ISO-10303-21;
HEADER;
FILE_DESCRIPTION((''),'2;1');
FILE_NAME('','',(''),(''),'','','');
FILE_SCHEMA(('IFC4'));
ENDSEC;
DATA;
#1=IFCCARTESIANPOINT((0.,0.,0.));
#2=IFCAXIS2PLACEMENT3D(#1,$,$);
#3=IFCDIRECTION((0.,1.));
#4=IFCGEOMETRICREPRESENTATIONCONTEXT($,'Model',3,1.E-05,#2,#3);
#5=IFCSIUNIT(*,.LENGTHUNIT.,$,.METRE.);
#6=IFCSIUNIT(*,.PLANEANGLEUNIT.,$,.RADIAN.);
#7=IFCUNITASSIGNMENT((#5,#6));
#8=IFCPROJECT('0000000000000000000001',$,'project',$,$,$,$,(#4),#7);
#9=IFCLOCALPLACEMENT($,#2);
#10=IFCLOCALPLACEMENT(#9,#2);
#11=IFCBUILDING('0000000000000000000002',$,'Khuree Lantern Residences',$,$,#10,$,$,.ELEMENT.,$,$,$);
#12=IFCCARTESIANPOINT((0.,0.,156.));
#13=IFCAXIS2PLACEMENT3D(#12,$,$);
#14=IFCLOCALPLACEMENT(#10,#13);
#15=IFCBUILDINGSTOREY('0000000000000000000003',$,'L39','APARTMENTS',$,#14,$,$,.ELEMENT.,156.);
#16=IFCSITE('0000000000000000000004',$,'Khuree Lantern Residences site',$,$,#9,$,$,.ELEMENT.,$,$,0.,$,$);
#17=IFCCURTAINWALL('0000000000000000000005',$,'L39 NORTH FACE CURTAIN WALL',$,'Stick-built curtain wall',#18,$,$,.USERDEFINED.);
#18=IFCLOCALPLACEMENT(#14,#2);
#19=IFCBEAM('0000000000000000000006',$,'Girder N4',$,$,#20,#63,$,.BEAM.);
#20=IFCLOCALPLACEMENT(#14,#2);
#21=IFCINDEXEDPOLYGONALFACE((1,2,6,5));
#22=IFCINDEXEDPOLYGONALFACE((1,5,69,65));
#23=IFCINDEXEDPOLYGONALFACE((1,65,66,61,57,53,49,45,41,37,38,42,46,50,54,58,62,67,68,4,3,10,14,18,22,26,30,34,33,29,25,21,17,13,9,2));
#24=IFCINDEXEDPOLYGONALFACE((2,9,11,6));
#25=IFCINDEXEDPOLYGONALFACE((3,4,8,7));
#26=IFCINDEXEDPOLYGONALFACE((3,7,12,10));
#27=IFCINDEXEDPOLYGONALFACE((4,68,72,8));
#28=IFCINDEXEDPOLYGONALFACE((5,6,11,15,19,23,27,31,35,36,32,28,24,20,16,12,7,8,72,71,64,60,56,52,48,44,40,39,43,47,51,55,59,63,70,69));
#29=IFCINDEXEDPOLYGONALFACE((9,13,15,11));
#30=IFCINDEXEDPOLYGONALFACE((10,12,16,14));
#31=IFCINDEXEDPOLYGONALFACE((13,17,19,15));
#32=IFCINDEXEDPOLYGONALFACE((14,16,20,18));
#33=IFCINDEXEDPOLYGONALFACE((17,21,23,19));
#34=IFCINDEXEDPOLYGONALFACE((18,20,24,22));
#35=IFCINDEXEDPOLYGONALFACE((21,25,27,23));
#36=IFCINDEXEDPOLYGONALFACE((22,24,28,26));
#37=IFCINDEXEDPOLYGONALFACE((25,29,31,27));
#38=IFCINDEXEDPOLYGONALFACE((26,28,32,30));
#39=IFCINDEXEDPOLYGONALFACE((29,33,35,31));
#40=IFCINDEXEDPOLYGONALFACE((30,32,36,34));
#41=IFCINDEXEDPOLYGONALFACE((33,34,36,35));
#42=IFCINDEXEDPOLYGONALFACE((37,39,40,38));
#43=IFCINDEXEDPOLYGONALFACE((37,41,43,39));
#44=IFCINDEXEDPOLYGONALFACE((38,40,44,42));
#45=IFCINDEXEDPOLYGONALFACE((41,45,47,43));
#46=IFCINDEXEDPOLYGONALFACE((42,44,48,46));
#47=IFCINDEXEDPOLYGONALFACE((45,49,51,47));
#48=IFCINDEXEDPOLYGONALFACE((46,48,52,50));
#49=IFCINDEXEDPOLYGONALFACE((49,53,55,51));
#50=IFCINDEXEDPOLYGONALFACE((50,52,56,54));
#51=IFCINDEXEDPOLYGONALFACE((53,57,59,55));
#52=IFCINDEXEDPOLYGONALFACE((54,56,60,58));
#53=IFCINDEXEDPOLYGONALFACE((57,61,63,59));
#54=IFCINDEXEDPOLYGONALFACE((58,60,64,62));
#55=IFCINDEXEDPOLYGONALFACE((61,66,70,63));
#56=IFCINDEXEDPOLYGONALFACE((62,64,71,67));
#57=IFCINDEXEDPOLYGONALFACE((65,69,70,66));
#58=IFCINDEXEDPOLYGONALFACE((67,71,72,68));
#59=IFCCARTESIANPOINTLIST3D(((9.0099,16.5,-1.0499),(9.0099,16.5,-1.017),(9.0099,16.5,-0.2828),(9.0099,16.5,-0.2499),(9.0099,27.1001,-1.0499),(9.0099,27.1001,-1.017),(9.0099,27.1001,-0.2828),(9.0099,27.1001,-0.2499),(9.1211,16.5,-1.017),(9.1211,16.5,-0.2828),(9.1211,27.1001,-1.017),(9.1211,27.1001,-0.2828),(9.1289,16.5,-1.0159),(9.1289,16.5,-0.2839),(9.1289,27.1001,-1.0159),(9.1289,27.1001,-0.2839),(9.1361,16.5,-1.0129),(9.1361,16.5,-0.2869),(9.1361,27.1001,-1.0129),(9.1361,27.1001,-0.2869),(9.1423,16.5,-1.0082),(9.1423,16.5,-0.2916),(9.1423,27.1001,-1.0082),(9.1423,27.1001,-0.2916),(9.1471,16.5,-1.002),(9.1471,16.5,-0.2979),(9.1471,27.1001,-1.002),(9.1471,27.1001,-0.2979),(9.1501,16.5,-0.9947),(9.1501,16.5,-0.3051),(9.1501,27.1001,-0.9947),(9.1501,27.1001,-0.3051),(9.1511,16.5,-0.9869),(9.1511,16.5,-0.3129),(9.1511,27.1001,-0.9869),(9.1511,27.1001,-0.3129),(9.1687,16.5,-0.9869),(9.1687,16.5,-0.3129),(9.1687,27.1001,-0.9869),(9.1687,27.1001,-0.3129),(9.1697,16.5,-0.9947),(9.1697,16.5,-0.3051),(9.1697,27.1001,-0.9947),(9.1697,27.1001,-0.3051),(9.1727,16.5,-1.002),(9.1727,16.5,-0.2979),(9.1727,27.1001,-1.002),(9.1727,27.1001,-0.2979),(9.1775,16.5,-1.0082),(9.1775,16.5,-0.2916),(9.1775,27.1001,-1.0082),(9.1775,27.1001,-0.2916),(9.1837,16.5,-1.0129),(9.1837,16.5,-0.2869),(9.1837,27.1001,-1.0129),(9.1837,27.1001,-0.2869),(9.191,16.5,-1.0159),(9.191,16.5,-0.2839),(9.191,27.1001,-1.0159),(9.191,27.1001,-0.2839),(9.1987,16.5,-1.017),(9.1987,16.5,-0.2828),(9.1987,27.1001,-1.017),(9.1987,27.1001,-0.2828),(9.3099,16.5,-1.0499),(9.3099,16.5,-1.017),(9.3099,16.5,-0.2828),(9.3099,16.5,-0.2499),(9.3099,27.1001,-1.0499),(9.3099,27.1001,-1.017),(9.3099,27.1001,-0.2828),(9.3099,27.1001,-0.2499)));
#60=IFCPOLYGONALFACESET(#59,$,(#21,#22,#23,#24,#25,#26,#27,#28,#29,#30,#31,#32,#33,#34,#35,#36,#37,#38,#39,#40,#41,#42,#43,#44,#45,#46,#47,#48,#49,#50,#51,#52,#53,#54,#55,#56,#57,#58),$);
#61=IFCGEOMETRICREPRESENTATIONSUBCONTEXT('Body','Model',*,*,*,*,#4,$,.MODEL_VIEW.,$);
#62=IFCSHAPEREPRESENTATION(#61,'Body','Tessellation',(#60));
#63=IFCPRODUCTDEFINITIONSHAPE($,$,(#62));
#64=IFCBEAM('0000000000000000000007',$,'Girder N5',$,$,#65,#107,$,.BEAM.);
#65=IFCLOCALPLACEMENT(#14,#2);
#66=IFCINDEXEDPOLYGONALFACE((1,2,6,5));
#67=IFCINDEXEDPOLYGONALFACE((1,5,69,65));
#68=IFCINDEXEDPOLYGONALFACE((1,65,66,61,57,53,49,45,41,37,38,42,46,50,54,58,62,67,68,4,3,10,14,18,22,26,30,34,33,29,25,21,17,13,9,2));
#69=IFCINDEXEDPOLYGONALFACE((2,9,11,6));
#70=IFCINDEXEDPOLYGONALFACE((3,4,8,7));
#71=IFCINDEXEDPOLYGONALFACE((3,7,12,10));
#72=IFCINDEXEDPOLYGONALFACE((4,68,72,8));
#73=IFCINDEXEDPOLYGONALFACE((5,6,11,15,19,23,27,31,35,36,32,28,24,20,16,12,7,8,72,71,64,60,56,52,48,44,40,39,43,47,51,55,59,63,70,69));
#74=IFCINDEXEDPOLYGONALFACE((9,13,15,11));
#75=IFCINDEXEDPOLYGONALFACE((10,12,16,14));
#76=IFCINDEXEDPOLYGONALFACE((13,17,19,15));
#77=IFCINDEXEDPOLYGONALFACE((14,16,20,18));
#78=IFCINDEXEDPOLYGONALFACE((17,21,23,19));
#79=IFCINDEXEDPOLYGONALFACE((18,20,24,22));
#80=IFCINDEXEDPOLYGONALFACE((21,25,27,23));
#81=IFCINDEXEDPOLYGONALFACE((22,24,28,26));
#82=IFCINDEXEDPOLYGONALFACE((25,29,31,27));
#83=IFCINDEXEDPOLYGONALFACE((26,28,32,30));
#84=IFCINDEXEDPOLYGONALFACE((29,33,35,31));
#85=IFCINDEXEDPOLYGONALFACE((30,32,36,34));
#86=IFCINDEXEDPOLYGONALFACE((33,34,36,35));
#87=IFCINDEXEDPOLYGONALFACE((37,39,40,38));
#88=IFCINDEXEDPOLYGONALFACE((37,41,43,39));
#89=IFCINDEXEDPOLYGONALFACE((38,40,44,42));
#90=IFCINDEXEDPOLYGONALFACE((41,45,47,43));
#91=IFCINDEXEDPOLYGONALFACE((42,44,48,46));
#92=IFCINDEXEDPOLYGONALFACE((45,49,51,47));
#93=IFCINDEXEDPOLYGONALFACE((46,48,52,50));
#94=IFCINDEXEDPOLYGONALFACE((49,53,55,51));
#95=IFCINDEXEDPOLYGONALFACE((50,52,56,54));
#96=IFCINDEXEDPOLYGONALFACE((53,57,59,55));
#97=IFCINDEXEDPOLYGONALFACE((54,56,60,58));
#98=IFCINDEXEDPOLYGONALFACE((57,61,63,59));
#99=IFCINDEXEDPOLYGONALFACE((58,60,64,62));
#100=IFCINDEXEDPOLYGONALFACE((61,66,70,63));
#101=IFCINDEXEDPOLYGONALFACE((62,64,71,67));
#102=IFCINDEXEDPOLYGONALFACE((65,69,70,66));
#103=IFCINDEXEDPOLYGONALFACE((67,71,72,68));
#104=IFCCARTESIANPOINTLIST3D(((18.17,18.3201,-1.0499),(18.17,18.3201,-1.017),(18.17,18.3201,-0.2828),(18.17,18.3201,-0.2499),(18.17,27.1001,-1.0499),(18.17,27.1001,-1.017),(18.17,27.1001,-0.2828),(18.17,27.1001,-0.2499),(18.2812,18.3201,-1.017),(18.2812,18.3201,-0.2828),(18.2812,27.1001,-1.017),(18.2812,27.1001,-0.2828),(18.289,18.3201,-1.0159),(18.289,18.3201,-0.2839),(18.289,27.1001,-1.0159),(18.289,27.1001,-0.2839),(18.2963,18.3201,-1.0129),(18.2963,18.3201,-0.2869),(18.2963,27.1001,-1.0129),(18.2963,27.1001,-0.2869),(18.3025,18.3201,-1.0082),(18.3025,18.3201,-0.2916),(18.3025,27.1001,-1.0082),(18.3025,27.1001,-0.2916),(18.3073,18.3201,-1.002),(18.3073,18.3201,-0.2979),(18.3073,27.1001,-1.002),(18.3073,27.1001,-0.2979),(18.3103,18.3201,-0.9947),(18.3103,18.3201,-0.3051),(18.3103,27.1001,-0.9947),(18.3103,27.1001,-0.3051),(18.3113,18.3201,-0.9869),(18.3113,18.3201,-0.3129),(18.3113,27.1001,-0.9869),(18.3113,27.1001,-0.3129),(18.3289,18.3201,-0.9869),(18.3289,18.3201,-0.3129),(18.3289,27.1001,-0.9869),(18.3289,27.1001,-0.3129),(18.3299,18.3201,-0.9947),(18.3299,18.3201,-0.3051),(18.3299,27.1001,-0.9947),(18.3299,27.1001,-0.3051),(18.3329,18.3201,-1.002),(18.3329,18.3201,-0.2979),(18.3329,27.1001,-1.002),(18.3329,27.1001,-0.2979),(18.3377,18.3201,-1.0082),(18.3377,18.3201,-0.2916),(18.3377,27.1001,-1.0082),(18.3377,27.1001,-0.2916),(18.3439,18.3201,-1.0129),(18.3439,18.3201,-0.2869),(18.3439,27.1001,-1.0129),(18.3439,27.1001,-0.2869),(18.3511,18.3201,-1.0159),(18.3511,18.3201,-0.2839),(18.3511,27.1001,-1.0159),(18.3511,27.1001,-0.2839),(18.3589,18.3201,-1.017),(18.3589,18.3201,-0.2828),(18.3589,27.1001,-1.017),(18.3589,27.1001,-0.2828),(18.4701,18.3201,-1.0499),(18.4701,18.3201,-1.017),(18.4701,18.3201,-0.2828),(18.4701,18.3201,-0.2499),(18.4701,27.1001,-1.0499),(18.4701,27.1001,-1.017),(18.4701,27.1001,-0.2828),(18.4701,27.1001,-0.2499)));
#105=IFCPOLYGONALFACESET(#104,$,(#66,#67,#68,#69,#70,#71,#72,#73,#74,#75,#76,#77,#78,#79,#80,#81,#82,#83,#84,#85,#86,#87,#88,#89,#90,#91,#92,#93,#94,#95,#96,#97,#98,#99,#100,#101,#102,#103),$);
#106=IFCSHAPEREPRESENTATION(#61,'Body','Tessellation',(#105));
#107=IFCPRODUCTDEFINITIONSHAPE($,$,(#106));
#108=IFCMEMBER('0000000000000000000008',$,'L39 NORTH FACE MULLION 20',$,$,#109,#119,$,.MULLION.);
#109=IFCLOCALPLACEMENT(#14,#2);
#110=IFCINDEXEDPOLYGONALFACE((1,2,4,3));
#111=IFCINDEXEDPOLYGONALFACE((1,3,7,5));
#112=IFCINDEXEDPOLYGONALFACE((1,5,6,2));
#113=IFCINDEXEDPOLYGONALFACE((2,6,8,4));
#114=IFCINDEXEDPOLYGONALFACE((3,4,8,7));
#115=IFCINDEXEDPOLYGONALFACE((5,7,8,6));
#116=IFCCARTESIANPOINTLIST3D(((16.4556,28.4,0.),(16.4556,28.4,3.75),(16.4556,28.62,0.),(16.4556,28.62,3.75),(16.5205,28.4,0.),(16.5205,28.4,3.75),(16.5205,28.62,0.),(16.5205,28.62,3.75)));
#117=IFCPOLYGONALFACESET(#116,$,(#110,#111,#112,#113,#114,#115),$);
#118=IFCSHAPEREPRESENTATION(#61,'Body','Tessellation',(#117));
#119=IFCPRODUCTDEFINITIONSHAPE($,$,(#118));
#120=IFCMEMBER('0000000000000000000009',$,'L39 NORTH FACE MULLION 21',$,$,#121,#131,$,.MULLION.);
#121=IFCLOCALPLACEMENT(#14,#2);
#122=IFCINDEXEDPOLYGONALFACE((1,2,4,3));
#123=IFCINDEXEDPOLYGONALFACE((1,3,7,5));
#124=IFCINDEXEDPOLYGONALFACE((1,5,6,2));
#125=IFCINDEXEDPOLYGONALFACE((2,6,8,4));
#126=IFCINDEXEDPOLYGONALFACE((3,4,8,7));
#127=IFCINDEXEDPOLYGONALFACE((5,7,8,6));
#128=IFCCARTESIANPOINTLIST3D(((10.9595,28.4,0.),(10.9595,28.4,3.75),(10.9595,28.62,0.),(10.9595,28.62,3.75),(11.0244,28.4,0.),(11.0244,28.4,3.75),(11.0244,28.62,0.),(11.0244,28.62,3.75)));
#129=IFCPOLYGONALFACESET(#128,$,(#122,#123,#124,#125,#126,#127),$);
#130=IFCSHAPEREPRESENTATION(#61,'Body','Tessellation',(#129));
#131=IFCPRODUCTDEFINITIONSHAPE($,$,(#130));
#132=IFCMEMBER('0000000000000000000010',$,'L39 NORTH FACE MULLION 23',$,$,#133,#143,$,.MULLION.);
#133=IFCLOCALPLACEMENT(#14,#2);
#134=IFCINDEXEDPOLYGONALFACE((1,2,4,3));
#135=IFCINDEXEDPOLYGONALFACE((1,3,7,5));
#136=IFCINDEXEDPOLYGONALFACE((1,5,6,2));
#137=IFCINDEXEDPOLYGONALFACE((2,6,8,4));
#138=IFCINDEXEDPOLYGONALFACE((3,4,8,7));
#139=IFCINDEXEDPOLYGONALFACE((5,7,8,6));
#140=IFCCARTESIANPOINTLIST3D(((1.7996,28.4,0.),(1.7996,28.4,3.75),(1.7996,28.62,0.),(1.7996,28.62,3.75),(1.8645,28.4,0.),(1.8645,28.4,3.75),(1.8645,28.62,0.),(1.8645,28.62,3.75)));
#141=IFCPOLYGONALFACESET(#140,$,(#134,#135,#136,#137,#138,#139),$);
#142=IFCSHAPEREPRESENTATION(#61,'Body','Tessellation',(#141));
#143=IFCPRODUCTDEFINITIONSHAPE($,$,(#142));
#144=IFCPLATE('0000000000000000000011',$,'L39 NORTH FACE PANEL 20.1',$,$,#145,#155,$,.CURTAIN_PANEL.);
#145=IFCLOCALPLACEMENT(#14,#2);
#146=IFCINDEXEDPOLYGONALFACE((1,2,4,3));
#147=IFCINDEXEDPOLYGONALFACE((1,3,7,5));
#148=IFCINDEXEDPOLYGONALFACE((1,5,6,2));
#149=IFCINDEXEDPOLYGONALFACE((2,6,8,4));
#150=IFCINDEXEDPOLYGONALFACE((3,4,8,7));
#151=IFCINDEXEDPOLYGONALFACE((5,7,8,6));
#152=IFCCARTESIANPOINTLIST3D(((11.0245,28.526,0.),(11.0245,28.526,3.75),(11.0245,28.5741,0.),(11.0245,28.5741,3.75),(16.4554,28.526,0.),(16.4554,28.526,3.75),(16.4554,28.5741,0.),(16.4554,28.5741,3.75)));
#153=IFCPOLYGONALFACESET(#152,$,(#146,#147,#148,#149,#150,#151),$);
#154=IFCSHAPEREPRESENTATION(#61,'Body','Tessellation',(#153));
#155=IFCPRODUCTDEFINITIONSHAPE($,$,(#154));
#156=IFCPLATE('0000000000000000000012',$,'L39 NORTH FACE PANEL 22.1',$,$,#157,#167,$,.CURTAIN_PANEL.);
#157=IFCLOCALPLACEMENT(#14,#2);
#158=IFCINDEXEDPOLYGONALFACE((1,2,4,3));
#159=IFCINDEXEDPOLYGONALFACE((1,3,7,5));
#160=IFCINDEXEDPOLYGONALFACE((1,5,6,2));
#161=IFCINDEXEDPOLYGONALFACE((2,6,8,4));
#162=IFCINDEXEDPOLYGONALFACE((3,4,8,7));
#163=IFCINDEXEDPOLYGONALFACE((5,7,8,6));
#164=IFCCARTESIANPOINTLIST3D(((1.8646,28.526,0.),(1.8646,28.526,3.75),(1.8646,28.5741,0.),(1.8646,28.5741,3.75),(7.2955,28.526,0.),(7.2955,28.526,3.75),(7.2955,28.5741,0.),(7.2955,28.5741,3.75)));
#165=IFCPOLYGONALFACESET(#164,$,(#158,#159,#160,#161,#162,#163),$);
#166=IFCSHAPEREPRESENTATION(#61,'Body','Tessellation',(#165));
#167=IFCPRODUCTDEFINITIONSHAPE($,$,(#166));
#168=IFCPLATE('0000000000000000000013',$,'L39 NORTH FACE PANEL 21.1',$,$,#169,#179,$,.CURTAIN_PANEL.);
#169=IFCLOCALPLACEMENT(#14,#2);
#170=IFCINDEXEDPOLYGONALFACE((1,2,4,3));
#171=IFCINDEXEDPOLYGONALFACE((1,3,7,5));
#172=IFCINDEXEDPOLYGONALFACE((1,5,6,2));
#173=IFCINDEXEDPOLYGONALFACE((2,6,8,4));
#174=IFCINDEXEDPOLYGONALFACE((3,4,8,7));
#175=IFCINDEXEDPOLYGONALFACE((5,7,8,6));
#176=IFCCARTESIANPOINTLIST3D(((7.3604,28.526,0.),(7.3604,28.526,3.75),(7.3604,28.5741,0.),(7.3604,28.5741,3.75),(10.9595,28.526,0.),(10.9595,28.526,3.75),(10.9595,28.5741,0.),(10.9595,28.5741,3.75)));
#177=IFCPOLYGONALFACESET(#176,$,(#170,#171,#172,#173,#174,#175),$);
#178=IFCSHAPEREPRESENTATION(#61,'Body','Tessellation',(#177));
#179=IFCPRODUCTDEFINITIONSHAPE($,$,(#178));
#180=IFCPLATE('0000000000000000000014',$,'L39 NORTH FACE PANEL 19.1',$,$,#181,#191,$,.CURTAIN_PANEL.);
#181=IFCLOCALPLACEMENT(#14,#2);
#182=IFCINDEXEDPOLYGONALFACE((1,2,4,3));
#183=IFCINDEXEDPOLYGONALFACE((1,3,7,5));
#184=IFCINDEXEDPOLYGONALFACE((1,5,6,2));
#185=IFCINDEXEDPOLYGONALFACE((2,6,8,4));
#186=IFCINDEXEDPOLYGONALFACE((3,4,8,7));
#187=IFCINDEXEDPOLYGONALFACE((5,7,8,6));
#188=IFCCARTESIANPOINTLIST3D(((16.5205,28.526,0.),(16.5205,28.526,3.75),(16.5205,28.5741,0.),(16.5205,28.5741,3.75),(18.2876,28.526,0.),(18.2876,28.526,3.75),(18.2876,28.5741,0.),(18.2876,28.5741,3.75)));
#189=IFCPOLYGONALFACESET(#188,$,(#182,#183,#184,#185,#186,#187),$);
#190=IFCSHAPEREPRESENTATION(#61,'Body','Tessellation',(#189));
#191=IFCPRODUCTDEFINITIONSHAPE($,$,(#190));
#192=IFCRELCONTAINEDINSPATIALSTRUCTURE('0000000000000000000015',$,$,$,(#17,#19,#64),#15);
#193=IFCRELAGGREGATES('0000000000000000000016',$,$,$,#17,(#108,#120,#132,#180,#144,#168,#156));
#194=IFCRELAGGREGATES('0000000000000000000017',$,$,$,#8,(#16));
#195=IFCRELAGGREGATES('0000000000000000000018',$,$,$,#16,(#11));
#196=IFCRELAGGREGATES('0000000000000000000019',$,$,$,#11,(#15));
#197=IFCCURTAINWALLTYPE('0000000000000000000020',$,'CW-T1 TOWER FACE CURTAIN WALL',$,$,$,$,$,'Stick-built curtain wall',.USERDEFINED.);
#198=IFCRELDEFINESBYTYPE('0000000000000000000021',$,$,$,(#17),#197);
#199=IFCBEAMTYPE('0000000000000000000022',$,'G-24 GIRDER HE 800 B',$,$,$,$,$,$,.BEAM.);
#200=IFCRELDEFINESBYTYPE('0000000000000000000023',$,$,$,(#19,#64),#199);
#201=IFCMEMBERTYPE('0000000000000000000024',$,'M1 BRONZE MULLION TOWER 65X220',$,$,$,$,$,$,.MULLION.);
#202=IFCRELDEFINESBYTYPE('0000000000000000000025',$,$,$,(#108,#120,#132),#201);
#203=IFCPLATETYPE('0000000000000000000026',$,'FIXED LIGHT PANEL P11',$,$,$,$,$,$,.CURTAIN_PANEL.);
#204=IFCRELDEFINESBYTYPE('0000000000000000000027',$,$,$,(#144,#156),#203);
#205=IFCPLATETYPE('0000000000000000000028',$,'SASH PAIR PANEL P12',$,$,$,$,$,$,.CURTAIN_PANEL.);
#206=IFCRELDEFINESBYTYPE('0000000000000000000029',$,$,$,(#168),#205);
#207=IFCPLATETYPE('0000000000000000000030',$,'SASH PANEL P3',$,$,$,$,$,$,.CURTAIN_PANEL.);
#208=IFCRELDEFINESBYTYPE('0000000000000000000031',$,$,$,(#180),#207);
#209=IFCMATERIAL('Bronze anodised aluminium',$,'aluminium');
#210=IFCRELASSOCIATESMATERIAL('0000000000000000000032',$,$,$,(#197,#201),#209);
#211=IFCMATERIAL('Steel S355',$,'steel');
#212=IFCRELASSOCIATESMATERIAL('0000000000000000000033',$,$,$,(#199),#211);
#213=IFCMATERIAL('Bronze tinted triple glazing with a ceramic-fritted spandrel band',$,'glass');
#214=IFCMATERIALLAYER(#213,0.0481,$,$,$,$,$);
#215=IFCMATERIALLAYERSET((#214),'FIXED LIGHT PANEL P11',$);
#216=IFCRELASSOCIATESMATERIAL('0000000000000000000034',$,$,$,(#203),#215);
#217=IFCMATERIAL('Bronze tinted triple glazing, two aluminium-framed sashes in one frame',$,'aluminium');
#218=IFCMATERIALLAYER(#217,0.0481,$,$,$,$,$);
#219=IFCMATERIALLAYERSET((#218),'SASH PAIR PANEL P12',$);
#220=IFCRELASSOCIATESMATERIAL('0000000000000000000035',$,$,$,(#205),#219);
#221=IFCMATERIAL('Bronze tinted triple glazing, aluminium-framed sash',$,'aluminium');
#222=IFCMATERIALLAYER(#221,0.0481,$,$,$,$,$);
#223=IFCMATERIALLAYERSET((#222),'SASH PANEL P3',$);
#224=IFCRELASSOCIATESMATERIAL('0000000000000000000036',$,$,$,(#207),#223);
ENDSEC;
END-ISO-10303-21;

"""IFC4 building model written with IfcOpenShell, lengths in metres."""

from ifc_helpers import new_model, si_unit, direction, frame, origin, origin_2d, place, context, subcontext, project, spatial, rectangle, i_section, extrude, material, layer, layer_set, material_profile, profile_set, type_object, element, aggregate, save


model = new_model("IFC4")

# Units and contexts
model_context = context("Model", 3, precision=1e-05, world=origin(), true_north=direction((0.0, 1.0)))
body_context = subcontext(model_context, "Body", "Model", "MODEL_VIEW")
ifc_project = project(units=[si_unit("LENGTHUNIT", "METRE"), si_unit("PLANEANGLEUNIT", "RADIAN")], contexts=[model_context])

# Site, building, storey
site_placement = place(None, origin())
site = spatial("IfcSite", under=ifc_project, at=site_placement, Name="Khuree Lantern Residences site", CompositionType="ELEMENT", RefElevation=0.0)
building_placement = place(site_placement, origin())
building = spatial("IfcBuilding", under=site, at=building_placement, Name="Khuree Lantern Residences", CompositionType="ELEMENT")
storey_placement = place(building_placement, frame((0.0, 0.0, 156.0)))
storey = spatial("IfcBuildingStorey", under=building, at=storey_placement, Name="L39", Description="APARTMENTS", CompositionType="ELEMENT", Elevation=156.0)

# Shared definitions
ifc_material_1 = material(Name="Steel S355", Category="steel")

# Curtain wall
ifc_material_2 = material(Name="Bronze anodised aluminium", Category="aluminium")
curtain_wall_type = type_object("IfcCurtainWallType", Name="CW-T1 TOWER FACE CURTAIN WALL", ElementType="Stick-built curtain wall", PredefinedType="USERDEFINED", material=ifc_material_2)
curtain_wall_placement = place(storey_placement, origin())
curtain_wall = element("IfcCurtainWall", 1, at=curtain_wall_placement, inside=storey, type_object=curtain_wall_type, Name="L39 NORTH FACE CURTAIN WALL", ObjectType="Stick-built curtain wall", PredefinedType="USERDEFINED")

# Beams
ifc_material_profile_1 = material_profile(ifc_material_1, i_section(OverallWidth=0.3, OverallDepth=0.8, WebThickness=0.0176, FlangeThickness=0.033, FilletRadius=0.03, at=origin_2d()), Name="HE 800 B")
ifc_profile_set_1 = profile_set([ifc_material_profile_1], Name="Steel S355")
beam_type_1 = type_object("IfcBeamType", Name="G-24 GIRDER HE 800 B", PredefinedType="BEAM", material=ifc_profile_set_1)
beam_1_placement = place(storey_placement, frame((9.1599, 27.1001, -0.6499), z_axis=(0.0, -1.0, 0.0), x_axis=(1.0, 0.0, 0.0)))
element("IfcBeam", 2, at=beam_1_placement, inside=storey, type_object=beam_type_1, Name="Girder N4", PredefinedType="BEAM", context=body_context, shape_type="SweptSolid", body=[
    extrude(i_section(OverallWidth=0.3, OverallDepth=0.8, WebThickness=0.0176, FlangeThickness=0.033, FilletRadius=0.03, at=origin_2d()), origin(), (0.0, 0.0, 1.0), 10.6001),
])
beam_2_placement = place(storey_placement, frame((18.3201, 27.1001, -0.6499), z_axis=(0.0, -1.0, 0.0), x_axis=(1.0, 0.0, 0.0)))
element("IfcBeam", 3, at=beam_2_placement, inside=storey, type_object=beam_type_1, Name="Girder N5", PredefinedType="BEAM", context=body_context, shape_type="SweptSolid", body=[
    extrude(i_section(OverallWidth=0.3, OverallDepth=0.8, WebThickness=0.0176, FlangeThickness=0.033, FilletRadius=0.03, at=origin_2d()), origin(), (0.0, 0.0, 1.0), 8.78),
])

# Members
ifc_material_profile_2 = material_profile(ifc_material_2, rectangle(XDim=0.0649, YDim=0.22, at=origin_2d()), Name="M1 65X220")
ifc_profile_set_2 = profile_set([ifc_material_profile_2], Name="Bronze anodised aluminium")
member_type_1 = type_object("IfcMemberType", Name="M1 BRONZE MULLION TOWER 65X220", PredefinedType="MULLION", material=ifc_profile_set_2)
member_1_placement = place(storey_placement, frame((16.488, 28.51, 0.0), z_axis=(0.0, 0.0, 1.0), x_axis=(-1.0, 0.0, 0.0)))
member_1 = element("IfcMember", 4, at=member_1_placement, type_object=member_type_1, Name="L39 NORTH FACE MULLION 20", PredefinedType="MULLION", context=body_context, shape_type="SweptSolid", body=[
    extrude(rectangle(XDim=0.0649, YDim=0.22, at=origin_2d()), origin(), (0.0, 0.0, 1.0), 3.75),
])
member_2_placement = place(storey_placement, frame((10.9919, 28.51, 0.0), z_axis=(0.0, 0.0, 1.0), x_axis=(-1.0, 0.0, 0.0)))
member_2 = element("IfcMember", 5, at=member_2_placement, type_object=member_type_1, Name="L39 NORTH FACE MULLION 21", PredefinedType="MULLION", context=body_context, shape_type="SweptSolid", body=[
    extrude(rectangle(XDim=0.0649, YDim=0.22, at=origin_2d()), origin(), (0.0, 0.0, 1.0), 3.75),
])
member_3_placement = place(storey_placement, frame((1.832, 28.51, 0.0), z_axis=(0.0, 0.0, 1.0), x_axis=(-1.0, 0.0, 0.0)))
member_3 = element("IfcMember", 6, at=member_3_placement, type_object=member_type_1, Name="L39 NORTH FACE MULLION 23", PredefinedType="MULLION", context=body_context, shape_type="SweptSolid", body=[
    extrude(rectangle(XDim=0.0649, YDim=0.22, at=origin_2d()), origin(), (0.0, 0.0, 1.0), 3.75),
])

# Plates
ifc_material_3 = material(Name="Bronze tinted triple glazing with a ceramic-fritted spandrel band", Category="glass")
ifc_layer_1 = layer(ifc_material_3, 0.0481)
ifc_layer_set_1 = layer_set([ifc_layer_1], Name="FIXED LIGHT PANEL P11")
plate_type_1 = type_object("IfcPlateType", Name="FIXED LIGHT PANEL P11", PredefinedType="CURTAIN_PANEL", material=ifc_layer_set_1)
plate_1_placement = place(storey_placement, frame((13.74, 28.55, 0.0), z_axis=(0.0, 0.0, 1.0), x_axis=(-1.0, 0.0, 0.0)))
plate_1 = element("IfcPlate", 7, at=plate_1_placement, type_object=plate_type_1, Name="L39 NORTH FACE PANEL 20.1", PredefinedType="CURTAIN_PANEL", context=body_context, shape_type="SweptSolid", body=[
    extrude(rectangle(XDim=5.4309, YDim=0.0481, at=origin_2d()), origin(), (0.0, 0.0, 1.0), 3.75),
])
plate_2_placement = place(storey_placement, frame((4.5801, 28.55, 0.0), z_axis=(0.0, 0.0, 1.0), x_axis=(-1.0, 0.0, 0.0)))
plate_2 = element("IfcPlate", 8, at=plate_2_placement, type_object=plate_type_1, Name="L39 NORTH FACE PANEL 22.1", PredefinedType="CURTAIN_PANEL", context=body_context, shape_type="SweptSolid", body=[
    extrude(rectangle(XDim=5.4309, YDim=0.0481, at=origin_2d()), origin(), (0.0, 0.0, 1.0), 3.75),
])
ifc_material_4 = material(Name="Bronze tinted triple glazing, two aluminium-framed sashes in one frame", Category="aluminium")
ifc_layer_2 = layer(ifc_material_4, 0.0481)
ifc_layer_set_2 = layer_set([ifc_layer_2], Name="SASH PAIR PANEL P12")
plate_type_2 = type_object("IfcPlateType", Name="SASH PAIR PANEL P12", PredefinedType="CURTAIN_PANEL", material=ifc_layer_set_2)
plate_3_placement = place(storey_placement, frame((9.1599, 28.55, 0.0), z_axis=(0.0, 0.0, 1.0), x_axis=(-1.0, 0.0, 0.0)))
plate_3 = element("IfcPlate", 9, at=plate_3_placement, type_object=plate_type_2, Name="L39 NORTH FACE PANEL 21.1", PredefinedType="CURTAIN_PANEL", context=body_context, shape_type="SweptSolid", body=[
    extrude(rectangle(XDim=3.5991, YDim=0.0481, at=origin_2d()), origin(), (0.0, 0.0, 1.0), 3.75),
])
ifc_material_5 = material(Name="Bronze tinted triple glazing, aluminium-framed sash", Category="aluminium")
ifc_layer_3 = layer(ifc_material_5, 0.0481)
ifc_layer_set_3 = layer_set([ifc_layer_3], Name="SASH PANEL P3")
plate_type_3 = type_object("IfcPlateType", Name="SASH PANEL P3", PredefinedType="CURTAIN_PANEL", material=ifc_layer_set_3)
plate_4_placement = place(storey_placement, frame((17.4041, 28.55, 0.0), z_axis=(0.0, 0.0, 1.0), x_axis=(-1.0, 0.0, 0.0)))
plate_4 = element("IfcPlate", 10, at=plate_4_placement, type_object=plate_type_3, Name="L39 NORTH FACE PANEL 19.1", PredefinedType="CURTAIN_PANEL", context=body_context, shape_type="SweptSolid", body=[
    extrude(rectangle(XDim=1.7671, YDim=0.0481, at=origin_2d()), origin(), (0.0, 0.0, 1.0), 3.75),
])
aggregate(curtain_wall, [member_1, member_2, member_3, plate_4, plate_1, plate_3, plate_2])

save(model, "model.ifc")
